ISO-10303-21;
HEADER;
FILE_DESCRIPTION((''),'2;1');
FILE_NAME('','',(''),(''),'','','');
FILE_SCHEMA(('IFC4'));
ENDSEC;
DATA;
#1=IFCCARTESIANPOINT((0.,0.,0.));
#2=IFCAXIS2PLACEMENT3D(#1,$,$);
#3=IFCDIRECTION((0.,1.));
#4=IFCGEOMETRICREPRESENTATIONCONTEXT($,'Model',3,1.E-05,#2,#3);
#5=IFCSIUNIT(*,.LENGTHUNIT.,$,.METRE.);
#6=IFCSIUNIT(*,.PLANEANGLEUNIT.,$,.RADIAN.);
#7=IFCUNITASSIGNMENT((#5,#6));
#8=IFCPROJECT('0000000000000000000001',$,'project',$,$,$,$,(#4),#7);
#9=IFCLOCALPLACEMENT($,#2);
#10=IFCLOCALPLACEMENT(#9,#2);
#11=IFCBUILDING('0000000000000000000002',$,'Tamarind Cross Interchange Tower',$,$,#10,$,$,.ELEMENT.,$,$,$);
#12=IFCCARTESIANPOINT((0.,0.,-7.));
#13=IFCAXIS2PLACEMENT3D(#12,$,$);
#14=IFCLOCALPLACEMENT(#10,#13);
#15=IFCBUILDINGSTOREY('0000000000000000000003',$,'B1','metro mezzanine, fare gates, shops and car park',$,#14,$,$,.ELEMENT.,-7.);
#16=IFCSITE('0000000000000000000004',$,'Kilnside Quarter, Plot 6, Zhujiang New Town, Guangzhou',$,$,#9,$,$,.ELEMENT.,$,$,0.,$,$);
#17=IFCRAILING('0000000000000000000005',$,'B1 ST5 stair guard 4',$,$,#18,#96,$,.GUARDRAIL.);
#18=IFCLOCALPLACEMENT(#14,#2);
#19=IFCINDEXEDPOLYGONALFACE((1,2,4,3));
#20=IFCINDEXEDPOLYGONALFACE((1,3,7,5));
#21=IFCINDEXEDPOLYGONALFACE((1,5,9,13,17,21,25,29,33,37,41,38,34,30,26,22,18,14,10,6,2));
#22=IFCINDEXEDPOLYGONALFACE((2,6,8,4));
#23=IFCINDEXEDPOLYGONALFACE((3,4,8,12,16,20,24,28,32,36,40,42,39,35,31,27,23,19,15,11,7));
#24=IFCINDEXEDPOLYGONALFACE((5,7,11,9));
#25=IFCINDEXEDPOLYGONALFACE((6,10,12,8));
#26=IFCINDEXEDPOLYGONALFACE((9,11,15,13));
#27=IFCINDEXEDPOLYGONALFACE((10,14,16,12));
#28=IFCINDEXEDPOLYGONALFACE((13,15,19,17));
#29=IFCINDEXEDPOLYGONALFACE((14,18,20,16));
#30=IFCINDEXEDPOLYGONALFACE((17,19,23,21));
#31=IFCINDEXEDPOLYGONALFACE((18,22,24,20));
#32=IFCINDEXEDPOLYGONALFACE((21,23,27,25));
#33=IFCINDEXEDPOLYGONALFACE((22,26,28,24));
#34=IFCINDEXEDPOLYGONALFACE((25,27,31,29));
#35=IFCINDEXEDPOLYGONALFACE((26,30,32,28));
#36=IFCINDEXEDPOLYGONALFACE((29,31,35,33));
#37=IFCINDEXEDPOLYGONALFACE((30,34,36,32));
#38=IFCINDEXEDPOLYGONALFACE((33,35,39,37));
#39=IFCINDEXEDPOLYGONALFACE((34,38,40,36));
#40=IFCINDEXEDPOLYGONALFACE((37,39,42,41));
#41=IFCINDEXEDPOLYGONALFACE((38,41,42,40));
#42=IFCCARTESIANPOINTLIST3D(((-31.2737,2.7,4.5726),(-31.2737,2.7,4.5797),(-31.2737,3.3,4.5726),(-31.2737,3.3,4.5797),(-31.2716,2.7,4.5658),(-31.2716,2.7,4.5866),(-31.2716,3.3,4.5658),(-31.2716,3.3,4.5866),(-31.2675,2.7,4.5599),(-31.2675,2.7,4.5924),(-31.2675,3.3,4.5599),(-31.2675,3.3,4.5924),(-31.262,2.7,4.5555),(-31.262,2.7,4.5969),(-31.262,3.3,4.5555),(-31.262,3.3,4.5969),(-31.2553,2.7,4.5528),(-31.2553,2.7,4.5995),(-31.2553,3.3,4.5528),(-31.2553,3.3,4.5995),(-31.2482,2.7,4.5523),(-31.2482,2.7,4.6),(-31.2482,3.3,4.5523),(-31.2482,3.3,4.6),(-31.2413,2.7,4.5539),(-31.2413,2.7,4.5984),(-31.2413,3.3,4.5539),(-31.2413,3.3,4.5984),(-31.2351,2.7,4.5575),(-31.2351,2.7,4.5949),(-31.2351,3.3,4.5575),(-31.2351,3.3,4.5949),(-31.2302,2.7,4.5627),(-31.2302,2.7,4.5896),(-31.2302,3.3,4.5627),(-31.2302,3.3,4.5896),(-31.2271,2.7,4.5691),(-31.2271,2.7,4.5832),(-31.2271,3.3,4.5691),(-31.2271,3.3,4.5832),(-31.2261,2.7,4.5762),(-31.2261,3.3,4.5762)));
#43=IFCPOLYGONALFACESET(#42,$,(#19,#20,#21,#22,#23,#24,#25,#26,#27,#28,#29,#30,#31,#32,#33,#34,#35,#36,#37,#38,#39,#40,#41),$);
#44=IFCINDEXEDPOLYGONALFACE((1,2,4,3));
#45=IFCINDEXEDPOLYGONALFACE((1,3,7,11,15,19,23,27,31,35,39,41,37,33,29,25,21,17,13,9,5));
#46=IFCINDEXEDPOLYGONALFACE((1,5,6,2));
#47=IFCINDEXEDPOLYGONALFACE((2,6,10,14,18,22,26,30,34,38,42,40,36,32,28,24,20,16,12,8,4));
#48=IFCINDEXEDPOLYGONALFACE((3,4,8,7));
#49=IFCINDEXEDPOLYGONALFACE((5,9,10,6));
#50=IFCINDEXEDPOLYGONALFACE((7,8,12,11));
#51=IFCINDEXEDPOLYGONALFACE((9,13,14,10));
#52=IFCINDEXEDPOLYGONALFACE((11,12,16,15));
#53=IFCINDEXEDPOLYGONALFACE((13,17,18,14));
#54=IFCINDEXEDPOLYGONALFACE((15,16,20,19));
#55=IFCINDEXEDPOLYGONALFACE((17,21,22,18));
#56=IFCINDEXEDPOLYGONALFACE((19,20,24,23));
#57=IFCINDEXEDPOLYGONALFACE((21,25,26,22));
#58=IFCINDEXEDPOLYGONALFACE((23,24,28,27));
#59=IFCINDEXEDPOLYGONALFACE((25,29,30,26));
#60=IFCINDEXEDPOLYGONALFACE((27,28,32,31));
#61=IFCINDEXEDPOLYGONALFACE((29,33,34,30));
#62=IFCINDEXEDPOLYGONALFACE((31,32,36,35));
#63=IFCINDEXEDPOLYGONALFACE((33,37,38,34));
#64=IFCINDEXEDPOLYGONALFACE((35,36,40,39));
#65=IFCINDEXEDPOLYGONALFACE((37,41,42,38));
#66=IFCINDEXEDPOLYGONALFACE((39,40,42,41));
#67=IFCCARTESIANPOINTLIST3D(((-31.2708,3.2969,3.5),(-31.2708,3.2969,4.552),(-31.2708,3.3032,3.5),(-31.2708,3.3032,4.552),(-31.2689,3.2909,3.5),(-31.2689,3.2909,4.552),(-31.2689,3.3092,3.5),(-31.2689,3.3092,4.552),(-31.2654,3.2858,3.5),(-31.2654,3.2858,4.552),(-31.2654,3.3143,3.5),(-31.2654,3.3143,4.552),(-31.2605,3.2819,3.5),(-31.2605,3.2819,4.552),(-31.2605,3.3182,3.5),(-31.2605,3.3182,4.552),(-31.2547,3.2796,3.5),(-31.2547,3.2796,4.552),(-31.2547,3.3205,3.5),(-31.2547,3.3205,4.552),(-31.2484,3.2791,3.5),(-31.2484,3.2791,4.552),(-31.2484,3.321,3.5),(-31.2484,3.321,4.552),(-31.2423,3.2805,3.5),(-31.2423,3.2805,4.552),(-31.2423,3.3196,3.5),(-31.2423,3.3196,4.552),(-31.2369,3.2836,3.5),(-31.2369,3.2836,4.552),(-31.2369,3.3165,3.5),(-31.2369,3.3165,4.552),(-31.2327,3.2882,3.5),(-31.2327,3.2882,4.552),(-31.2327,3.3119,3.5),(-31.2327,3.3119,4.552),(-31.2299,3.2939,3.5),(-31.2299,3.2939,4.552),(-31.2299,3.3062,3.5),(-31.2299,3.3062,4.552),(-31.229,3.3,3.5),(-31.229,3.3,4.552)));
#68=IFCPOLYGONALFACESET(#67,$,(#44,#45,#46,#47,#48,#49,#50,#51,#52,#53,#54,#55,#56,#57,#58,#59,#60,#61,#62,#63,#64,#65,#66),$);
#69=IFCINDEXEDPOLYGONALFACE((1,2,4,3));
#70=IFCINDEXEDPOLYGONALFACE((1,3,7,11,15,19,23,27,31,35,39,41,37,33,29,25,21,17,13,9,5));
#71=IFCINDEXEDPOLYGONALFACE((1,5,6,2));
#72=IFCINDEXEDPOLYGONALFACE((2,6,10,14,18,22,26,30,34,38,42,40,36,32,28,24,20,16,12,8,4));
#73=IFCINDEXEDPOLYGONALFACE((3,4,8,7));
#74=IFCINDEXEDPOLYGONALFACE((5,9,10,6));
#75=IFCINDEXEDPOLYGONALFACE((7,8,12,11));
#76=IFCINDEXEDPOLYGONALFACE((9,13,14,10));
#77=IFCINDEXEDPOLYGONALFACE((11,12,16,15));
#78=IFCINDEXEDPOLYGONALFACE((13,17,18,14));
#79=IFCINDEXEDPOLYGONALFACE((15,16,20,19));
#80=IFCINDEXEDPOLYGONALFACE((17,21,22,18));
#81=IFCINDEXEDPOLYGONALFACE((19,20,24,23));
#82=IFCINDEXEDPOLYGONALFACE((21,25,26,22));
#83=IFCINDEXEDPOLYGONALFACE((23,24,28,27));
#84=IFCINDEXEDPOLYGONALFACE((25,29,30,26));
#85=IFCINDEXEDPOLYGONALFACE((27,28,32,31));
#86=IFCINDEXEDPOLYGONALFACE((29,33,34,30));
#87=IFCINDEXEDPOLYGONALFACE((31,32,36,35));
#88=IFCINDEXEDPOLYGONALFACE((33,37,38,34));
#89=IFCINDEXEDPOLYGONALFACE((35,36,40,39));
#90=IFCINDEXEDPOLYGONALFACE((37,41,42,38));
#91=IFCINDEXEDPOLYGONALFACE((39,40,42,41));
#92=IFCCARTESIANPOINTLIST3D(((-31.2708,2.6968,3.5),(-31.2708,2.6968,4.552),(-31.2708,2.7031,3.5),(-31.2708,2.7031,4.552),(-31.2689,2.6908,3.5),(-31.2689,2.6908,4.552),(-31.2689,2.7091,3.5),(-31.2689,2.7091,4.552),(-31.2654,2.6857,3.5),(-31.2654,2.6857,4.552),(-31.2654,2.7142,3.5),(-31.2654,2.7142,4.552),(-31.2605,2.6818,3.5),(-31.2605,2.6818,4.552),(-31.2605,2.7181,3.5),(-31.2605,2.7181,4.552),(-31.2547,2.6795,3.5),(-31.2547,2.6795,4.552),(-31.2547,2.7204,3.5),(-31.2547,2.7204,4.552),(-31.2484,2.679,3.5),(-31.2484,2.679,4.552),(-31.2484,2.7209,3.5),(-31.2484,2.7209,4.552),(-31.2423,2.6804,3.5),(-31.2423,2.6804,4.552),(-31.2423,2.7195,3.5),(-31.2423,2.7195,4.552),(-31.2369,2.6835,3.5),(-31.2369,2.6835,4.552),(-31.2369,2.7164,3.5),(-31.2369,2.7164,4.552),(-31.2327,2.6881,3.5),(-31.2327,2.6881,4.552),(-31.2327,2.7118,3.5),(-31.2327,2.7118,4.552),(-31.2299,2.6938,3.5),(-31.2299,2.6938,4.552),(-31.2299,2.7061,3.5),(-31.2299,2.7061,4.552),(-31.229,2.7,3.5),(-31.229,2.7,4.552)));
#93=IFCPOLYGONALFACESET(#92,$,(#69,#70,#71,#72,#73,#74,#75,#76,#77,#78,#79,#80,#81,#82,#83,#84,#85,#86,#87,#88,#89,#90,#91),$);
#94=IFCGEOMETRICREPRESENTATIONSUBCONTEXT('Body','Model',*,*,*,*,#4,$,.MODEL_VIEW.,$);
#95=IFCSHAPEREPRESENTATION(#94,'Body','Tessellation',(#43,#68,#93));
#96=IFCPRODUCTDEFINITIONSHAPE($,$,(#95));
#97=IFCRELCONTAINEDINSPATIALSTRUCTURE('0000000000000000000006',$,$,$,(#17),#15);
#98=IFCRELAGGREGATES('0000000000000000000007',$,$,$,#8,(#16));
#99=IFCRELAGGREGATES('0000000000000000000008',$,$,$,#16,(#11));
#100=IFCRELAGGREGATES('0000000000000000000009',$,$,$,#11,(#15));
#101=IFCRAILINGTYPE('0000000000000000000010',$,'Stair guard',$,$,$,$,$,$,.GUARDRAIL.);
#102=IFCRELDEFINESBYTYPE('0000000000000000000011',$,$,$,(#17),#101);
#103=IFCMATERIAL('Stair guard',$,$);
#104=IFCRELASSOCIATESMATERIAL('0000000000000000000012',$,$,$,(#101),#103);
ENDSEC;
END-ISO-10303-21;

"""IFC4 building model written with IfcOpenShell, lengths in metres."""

from ifc_helpers import new_model, si_unit, direction, frame, origin, origin_2d, place, context, subcontext, project, spatial, circle, extrude, material, type_object, element, save


model = new_model("IFC4")

# Units and contexts
model_context = context("Model", 3, precision=1e-05, world=origin(), true_north=direction((0.0, 1.0)))
body_context = subcontext(model_context, "Body", "Model", "MODEL_VIEW")
ifc_project = project(units=[si_unit("LENGTHUNIT", "METRE"), si_unit("PLANEANGLEUNIT", "RADIAN")], contexts=[model_context])

# Site, building, storey
site_placement = place(None, origin())
site = spatial("IfcSite", under=ifc_project, at=site_placement, Name="Kilnside Quarter, Plot 6, Zhujiang New Town, Guangzhou", CompositionType="ELEMENT", RefElevation=0.0)
building_placement = place(site_placement, origin())
building = spatial("IfcBuilding", under=site, at=building_placement, Name="Tamarind Cross Interchange Tower", CompositionType="ELEMENT")
storey_placement = place(building_placement, frame((0.0, 0.0, -7.0)))
storey = spatial("IfcBuildingStorey", under=building, at=storey_placement, Name="B1", Description="metro mezzanine, fare gates, shops and car park", CompositionType="ELEMENT", Elevation=-7.0)

# Railing
ifc_material_1 = material(Name="Stair guard")
railing_type_1 = type_object("IfcRailingType", Name="Stair guard", PredefinedType="GUARDRAIL", material=ifc_material_1)
railing_1_placement = place(storey_placement, frame((-31.25, 3.3, 3.5)))
element("IfcRailing", 1, at=railing_1_placement, inside=storey, type_object=railing_type_1, Name="B1 ST5 stair guard 4", PredefinedType="GUARDRAIL", context=body_context, shape_type="SweptSolid", body=[
    extrude(circle(Radius=0.0239, at=origin_2d()), frame((0.0, 0.0, 1.0762), z_axis=(0.0, -1.0, 0.0), x_axis=(1.0, 0.0, 0.0)), (0.0, 0.0, 1.0), 0.6001),
    extrude(circle(Radius=0.021, at=origin_2d()), origin(), (0.0, 0.0, 1.0), 1.052),
    extrude(circle(Radius=0.021, at=origin_2d()), frame((0.0, -0.6001, 0.0)), (0.0, 0.0, 1.0), 1.052),
])

save(model, "model.ifc")
